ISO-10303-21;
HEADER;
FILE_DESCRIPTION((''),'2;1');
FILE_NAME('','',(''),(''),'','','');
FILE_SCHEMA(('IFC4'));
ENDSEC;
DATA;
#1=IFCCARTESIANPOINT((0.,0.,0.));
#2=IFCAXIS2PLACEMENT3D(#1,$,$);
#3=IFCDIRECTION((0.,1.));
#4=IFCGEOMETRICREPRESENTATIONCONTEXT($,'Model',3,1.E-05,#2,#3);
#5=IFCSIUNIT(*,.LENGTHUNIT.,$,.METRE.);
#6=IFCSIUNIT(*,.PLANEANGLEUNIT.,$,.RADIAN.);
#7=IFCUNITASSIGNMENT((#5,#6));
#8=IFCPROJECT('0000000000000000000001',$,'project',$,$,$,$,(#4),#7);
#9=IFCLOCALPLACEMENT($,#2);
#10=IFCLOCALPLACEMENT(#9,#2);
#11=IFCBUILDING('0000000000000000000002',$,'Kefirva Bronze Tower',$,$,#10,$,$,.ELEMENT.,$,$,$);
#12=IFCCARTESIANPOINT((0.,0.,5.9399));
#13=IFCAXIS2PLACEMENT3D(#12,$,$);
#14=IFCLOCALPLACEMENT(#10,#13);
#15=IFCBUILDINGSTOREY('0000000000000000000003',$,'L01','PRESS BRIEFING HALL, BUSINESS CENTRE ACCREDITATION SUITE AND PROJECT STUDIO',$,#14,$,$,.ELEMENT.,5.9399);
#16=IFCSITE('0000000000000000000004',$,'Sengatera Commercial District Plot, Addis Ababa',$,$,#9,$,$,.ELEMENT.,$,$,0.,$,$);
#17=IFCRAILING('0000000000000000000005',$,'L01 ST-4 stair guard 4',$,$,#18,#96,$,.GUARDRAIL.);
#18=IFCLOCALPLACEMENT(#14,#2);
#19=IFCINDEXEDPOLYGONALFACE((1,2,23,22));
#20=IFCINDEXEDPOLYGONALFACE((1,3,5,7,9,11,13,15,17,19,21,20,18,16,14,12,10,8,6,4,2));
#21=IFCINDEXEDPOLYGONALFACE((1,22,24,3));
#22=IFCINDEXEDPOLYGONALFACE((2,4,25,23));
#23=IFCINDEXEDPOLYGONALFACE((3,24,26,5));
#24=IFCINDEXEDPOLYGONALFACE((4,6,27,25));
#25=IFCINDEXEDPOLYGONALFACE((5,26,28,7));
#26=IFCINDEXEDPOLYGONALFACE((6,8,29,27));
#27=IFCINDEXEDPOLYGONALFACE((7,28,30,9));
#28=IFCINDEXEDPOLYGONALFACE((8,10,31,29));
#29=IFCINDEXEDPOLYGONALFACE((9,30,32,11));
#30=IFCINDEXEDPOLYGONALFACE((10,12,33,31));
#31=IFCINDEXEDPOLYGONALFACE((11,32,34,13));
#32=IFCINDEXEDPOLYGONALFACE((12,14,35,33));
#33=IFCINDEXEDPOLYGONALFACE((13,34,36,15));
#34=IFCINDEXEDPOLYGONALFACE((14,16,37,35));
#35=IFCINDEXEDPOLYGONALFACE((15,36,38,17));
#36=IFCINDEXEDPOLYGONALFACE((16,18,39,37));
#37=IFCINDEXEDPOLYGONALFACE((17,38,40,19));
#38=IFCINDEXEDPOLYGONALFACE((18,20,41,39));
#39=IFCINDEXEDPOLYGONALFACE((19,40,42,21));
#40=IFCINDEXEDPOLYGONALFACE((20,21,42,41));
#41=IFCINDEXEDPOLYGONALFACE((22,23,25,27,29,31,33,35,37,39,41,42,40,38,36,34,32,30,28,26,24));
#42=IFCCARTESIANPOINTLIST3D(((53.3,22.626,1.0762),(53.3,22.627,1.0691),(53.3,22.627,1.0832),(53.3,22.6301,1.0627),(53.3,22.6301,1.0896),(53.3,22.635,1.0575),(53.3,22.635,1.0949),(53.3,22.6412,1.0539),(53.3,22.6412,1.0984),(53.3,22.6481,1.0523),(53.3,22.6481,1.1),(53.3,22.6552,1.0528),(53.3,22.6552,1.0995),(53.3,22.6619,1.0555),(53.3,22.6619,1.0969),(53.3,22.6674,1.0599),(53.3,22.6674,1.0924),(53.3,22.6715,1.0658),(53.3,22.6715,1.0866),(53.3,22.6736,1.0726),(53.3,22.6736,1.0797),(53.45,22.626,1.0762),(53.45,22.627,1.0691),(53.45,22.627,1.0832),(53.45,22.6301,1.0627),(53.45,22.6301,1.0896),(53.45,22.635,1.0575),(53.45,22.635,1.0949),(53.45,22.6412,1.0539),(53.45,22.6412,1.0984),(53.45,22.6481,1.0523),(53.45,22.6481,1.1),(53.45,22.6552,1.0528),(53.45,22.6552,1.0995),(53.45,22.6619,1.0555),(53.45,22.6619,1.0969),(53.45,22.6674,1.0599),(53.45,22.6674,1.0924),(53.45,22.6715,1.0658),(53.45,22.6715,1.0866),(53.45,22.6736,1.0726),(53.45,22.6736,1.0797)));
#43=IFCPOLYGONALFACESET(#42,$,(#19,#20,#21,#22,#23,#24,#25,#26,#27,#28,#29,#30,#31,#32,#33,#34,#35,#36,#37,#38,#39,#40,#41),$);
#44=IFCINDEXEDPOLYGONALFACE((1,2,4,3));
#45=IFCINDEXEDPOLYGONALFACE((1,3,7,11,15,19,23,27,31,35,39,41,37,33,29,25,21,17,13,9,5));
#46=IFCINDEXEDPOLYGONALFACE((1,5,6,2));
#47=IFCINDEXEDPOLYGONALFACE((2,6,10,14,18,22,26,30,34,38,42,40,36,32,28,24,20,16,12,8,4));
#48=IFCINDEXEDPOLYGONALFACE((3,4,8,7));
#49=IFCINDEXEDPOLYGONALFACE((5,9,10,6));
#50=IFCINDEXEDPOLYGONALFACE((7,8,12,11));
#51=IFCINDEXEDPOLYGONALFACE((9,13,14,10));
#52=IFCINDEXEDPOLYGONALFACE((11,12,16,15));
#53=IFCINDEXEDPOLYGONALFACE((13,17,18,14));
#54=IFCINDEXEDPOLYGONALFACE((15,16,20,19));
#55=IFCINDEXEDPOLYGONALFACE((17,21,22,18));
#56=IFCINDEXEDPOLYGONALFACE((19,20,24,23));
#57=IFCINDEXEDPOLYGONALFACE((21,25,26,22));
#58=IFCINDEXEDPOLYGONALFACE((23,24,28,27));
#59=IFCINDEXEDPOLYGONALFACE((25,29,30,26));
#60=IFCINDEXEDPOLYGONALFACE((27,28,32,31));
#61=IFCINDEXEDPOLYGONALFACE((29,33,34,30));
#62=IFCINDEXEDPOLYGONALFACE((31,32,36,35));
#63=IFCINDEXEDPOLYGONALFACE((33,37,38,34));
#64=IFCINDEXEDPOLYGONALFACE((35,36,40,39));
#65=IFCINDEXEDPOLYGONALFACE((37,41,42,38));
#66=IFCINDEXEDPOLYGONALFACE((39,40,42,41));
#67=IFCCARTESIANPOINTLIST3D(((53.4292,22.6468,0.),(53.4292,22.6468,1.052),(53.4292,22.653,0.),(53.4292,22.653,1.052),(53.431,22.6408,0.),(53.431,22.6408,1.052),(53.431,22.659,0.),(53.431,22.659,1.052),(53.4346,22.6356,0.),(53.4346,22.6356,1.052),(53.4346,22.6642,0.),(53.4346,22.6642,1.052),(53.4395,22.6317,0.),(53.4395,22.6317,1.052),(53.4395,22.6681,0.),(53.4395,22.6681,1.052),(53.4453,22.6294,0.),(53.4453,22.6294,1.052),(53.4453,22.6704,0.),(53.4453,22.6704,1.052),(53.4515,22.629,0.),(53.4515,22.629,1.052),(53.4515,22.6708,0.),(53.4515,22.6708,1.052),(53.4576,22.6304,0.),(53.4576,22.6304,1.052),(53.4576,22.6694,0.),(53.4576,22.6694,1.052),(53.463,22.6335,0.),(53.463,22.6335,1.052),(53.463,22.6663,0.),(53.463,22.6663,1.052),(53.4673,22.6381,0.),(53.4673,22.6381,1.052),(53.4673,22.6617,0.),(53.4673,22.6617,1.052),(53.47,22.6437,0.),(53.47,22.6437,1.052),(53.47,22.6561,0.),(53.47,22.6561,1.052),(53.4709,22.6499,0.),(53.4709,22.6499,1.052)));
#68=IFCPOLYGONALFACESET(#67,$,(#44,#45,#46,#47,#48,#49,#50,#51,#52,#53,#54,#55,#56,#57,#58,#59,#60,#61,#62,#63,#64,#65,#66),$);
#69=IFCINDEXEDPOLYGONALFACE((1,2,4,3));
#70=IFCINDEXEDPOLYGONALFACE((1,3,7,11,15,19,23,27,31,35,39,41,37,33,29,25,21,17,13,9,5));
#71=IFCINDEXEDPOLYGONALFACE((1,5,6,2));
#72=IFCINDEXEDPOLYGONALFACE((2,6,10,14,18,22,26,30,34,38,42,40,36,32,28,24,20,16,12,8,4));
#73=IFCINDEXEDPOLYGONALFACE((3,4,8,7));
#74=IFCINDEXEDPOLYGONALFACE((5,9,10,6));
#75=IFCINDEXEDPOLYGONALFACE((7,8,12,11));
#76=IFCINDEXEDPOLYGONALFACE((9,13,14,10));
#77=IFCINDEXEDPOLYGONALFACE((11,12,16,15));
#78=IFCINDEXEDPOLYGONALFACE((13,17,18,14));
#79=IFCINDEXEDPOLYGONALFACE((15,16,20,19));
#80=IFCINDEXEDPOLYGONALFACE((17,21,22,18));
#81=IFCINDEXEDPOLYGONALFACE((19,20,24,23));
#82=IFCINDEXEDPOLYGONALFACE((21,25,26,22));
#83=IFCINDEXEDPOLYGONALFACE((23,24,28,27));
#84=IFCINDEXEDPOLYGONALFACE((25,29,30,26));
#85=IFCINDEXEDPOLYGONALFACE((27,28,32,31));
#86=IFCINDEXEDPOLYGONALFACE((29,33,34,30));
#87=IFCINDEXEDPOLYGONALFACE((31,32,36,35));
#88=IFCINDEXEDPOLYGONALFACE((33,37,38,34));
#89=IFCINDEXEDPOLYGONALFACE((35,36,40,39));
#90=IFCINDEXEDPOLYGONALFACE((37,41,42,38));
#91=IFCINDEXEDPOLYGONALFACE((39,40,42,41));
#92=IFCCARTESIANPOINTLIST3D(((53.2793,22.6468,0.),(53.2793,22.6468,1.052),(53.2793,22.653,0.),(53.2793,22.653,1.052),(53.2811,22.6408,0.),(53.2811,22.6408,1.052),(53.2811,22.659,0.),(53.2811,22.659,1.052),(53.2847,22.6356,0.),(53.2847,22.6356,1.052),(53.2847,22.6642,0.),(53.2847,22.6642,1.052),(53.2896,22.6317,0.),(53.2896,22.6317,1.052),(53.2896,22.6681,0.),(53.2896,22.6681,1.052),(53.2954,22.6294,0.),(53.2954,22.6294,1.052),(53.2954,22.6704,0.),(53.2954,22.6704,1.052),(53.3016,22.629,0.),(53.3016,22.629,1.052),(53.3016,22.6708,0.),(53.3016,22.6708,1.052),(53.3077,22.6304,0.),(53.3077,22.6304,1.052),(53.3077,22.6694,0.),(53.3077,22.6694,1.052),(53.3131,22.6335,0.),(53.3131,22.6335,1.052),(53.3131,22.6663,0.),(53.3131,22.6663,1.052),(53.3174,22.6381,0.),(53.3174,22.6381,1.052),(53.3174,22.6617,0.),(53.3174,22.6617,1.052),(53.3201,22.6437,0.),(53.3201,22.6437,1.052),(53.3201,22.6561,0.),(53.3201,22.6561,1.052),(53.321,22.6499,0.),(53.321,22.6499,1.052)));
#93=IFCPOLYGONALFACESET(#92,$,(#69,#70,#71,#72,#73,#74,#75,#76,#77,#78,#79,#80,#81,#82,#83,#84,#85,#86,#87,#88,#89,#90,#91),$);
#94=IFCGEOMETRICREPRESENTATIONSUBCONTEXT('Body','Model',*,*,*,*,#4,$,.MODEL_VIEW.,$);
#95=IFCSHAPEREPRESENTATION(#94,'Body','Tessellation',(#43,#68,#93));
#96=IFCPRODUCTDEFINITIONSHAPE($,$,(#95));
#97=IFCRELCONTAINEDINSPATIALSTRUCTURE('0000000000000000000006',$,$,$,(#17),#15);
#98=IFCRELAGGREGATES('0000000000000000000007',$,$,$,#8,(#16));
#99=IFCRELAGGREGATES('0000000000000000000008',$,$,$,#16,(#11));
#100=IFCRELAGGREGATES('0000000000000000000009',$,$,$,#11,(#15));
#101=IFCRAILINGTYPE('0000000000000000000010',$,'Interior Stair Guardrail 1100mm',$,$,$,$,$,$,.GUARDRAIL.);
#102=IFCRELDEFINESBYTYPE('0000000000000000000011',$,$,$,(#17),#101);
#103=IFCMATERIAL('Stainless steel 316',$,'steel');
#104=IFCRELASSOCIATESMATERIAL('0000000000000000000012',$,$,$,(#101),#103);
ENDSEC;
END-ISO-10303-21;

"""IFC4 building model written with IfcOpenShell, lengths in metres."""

from ifc_helpers import new_model, si_unit, direction, frame, origin, origin_2d, place, context, subcontext, project, spatial, circle, extrude, material, type_object, element, save


model = new_model("IFC4")

# Units and contexts
model_context = context("Model", 3, precision=1e-05, world=origin(), true_north=direction((0.0, 1.0)))
body_context = subcontext(model_context, "Body", "Model", "MODEL_VIEW")
ifc_project = project(units=[si_unit("LENGTHUNIT", "METRE"), si_unit("PLANEANGLEUNIT", "RADIAN")], contexts=[model_context])

# Site, building, storey
site_placement = place(None, origin())
site = spatial("IfcSite", under=ifc_project, at=site_placement, Name="Sengatera Commercial District Plot, Addis Ababa", CompositionType="ELEMENT", RefElevation=0.0)
building_placement = place(site_placement, origin())
building = spatial("IfcBuilding", under=site, at=building_placement, Name="Kefirva Bronze Tower", CompositionType="ELEMENT")
storey_placement = place(building_placement, frame((0.0, 0.0, 5.9399)))
storey = spatial("IfcBuildingStorey", under=building, at=storey_placement, Name="L01", Description="PRESS BRIEFING HALL, BUSINESS CENTRE ACCREDITATION SUITE AND PROJECT STUDIO", CompositionType="ELEMENT", Elevation=5.9399)

# Railing
ifc_material_1 = material(Name="Stainless steel 316", Category="steel")
railing_type_1 = type_object("IfcRailingType", Name="Interior Stair Guardrail 1100mm", PredefinedType="GUARDRAIL", material=ifc_material_1)
railing_1_placement = place(storey_placement, frame((53.45, 22.6499, 0.0)))
element("IfcRailing", 1, at=railing_1_placement, inside=storey, type_object=railing_type_1, Name="L01 ST-4 stair guard 4", PredefinedType="GUARDRAIL", context=body_context, shape_type="SweptSolid", body=[
    extrude(circle(Radius=0.0239, at=origin_2d()), frame((0.0, 0.0, 1.0762), z_axis=(-1.0, 0.0, 0.0), x_axis=(0.0, -1.0, 0.0)), (0.0, 0.0, 1.0), 0.1499),
    extrude(circle(Radius=0.021, at=origin_2d()), origin(), (0.0, 0.0, 1.0), 1.052),
    extrude(circle(Radius=0.021, at=origin_2d()), frame((-0.1499, 0.0, 0.0)), (0.0, 0.0, 1.0), 1.052),
])

save(model, "model.ifc")
